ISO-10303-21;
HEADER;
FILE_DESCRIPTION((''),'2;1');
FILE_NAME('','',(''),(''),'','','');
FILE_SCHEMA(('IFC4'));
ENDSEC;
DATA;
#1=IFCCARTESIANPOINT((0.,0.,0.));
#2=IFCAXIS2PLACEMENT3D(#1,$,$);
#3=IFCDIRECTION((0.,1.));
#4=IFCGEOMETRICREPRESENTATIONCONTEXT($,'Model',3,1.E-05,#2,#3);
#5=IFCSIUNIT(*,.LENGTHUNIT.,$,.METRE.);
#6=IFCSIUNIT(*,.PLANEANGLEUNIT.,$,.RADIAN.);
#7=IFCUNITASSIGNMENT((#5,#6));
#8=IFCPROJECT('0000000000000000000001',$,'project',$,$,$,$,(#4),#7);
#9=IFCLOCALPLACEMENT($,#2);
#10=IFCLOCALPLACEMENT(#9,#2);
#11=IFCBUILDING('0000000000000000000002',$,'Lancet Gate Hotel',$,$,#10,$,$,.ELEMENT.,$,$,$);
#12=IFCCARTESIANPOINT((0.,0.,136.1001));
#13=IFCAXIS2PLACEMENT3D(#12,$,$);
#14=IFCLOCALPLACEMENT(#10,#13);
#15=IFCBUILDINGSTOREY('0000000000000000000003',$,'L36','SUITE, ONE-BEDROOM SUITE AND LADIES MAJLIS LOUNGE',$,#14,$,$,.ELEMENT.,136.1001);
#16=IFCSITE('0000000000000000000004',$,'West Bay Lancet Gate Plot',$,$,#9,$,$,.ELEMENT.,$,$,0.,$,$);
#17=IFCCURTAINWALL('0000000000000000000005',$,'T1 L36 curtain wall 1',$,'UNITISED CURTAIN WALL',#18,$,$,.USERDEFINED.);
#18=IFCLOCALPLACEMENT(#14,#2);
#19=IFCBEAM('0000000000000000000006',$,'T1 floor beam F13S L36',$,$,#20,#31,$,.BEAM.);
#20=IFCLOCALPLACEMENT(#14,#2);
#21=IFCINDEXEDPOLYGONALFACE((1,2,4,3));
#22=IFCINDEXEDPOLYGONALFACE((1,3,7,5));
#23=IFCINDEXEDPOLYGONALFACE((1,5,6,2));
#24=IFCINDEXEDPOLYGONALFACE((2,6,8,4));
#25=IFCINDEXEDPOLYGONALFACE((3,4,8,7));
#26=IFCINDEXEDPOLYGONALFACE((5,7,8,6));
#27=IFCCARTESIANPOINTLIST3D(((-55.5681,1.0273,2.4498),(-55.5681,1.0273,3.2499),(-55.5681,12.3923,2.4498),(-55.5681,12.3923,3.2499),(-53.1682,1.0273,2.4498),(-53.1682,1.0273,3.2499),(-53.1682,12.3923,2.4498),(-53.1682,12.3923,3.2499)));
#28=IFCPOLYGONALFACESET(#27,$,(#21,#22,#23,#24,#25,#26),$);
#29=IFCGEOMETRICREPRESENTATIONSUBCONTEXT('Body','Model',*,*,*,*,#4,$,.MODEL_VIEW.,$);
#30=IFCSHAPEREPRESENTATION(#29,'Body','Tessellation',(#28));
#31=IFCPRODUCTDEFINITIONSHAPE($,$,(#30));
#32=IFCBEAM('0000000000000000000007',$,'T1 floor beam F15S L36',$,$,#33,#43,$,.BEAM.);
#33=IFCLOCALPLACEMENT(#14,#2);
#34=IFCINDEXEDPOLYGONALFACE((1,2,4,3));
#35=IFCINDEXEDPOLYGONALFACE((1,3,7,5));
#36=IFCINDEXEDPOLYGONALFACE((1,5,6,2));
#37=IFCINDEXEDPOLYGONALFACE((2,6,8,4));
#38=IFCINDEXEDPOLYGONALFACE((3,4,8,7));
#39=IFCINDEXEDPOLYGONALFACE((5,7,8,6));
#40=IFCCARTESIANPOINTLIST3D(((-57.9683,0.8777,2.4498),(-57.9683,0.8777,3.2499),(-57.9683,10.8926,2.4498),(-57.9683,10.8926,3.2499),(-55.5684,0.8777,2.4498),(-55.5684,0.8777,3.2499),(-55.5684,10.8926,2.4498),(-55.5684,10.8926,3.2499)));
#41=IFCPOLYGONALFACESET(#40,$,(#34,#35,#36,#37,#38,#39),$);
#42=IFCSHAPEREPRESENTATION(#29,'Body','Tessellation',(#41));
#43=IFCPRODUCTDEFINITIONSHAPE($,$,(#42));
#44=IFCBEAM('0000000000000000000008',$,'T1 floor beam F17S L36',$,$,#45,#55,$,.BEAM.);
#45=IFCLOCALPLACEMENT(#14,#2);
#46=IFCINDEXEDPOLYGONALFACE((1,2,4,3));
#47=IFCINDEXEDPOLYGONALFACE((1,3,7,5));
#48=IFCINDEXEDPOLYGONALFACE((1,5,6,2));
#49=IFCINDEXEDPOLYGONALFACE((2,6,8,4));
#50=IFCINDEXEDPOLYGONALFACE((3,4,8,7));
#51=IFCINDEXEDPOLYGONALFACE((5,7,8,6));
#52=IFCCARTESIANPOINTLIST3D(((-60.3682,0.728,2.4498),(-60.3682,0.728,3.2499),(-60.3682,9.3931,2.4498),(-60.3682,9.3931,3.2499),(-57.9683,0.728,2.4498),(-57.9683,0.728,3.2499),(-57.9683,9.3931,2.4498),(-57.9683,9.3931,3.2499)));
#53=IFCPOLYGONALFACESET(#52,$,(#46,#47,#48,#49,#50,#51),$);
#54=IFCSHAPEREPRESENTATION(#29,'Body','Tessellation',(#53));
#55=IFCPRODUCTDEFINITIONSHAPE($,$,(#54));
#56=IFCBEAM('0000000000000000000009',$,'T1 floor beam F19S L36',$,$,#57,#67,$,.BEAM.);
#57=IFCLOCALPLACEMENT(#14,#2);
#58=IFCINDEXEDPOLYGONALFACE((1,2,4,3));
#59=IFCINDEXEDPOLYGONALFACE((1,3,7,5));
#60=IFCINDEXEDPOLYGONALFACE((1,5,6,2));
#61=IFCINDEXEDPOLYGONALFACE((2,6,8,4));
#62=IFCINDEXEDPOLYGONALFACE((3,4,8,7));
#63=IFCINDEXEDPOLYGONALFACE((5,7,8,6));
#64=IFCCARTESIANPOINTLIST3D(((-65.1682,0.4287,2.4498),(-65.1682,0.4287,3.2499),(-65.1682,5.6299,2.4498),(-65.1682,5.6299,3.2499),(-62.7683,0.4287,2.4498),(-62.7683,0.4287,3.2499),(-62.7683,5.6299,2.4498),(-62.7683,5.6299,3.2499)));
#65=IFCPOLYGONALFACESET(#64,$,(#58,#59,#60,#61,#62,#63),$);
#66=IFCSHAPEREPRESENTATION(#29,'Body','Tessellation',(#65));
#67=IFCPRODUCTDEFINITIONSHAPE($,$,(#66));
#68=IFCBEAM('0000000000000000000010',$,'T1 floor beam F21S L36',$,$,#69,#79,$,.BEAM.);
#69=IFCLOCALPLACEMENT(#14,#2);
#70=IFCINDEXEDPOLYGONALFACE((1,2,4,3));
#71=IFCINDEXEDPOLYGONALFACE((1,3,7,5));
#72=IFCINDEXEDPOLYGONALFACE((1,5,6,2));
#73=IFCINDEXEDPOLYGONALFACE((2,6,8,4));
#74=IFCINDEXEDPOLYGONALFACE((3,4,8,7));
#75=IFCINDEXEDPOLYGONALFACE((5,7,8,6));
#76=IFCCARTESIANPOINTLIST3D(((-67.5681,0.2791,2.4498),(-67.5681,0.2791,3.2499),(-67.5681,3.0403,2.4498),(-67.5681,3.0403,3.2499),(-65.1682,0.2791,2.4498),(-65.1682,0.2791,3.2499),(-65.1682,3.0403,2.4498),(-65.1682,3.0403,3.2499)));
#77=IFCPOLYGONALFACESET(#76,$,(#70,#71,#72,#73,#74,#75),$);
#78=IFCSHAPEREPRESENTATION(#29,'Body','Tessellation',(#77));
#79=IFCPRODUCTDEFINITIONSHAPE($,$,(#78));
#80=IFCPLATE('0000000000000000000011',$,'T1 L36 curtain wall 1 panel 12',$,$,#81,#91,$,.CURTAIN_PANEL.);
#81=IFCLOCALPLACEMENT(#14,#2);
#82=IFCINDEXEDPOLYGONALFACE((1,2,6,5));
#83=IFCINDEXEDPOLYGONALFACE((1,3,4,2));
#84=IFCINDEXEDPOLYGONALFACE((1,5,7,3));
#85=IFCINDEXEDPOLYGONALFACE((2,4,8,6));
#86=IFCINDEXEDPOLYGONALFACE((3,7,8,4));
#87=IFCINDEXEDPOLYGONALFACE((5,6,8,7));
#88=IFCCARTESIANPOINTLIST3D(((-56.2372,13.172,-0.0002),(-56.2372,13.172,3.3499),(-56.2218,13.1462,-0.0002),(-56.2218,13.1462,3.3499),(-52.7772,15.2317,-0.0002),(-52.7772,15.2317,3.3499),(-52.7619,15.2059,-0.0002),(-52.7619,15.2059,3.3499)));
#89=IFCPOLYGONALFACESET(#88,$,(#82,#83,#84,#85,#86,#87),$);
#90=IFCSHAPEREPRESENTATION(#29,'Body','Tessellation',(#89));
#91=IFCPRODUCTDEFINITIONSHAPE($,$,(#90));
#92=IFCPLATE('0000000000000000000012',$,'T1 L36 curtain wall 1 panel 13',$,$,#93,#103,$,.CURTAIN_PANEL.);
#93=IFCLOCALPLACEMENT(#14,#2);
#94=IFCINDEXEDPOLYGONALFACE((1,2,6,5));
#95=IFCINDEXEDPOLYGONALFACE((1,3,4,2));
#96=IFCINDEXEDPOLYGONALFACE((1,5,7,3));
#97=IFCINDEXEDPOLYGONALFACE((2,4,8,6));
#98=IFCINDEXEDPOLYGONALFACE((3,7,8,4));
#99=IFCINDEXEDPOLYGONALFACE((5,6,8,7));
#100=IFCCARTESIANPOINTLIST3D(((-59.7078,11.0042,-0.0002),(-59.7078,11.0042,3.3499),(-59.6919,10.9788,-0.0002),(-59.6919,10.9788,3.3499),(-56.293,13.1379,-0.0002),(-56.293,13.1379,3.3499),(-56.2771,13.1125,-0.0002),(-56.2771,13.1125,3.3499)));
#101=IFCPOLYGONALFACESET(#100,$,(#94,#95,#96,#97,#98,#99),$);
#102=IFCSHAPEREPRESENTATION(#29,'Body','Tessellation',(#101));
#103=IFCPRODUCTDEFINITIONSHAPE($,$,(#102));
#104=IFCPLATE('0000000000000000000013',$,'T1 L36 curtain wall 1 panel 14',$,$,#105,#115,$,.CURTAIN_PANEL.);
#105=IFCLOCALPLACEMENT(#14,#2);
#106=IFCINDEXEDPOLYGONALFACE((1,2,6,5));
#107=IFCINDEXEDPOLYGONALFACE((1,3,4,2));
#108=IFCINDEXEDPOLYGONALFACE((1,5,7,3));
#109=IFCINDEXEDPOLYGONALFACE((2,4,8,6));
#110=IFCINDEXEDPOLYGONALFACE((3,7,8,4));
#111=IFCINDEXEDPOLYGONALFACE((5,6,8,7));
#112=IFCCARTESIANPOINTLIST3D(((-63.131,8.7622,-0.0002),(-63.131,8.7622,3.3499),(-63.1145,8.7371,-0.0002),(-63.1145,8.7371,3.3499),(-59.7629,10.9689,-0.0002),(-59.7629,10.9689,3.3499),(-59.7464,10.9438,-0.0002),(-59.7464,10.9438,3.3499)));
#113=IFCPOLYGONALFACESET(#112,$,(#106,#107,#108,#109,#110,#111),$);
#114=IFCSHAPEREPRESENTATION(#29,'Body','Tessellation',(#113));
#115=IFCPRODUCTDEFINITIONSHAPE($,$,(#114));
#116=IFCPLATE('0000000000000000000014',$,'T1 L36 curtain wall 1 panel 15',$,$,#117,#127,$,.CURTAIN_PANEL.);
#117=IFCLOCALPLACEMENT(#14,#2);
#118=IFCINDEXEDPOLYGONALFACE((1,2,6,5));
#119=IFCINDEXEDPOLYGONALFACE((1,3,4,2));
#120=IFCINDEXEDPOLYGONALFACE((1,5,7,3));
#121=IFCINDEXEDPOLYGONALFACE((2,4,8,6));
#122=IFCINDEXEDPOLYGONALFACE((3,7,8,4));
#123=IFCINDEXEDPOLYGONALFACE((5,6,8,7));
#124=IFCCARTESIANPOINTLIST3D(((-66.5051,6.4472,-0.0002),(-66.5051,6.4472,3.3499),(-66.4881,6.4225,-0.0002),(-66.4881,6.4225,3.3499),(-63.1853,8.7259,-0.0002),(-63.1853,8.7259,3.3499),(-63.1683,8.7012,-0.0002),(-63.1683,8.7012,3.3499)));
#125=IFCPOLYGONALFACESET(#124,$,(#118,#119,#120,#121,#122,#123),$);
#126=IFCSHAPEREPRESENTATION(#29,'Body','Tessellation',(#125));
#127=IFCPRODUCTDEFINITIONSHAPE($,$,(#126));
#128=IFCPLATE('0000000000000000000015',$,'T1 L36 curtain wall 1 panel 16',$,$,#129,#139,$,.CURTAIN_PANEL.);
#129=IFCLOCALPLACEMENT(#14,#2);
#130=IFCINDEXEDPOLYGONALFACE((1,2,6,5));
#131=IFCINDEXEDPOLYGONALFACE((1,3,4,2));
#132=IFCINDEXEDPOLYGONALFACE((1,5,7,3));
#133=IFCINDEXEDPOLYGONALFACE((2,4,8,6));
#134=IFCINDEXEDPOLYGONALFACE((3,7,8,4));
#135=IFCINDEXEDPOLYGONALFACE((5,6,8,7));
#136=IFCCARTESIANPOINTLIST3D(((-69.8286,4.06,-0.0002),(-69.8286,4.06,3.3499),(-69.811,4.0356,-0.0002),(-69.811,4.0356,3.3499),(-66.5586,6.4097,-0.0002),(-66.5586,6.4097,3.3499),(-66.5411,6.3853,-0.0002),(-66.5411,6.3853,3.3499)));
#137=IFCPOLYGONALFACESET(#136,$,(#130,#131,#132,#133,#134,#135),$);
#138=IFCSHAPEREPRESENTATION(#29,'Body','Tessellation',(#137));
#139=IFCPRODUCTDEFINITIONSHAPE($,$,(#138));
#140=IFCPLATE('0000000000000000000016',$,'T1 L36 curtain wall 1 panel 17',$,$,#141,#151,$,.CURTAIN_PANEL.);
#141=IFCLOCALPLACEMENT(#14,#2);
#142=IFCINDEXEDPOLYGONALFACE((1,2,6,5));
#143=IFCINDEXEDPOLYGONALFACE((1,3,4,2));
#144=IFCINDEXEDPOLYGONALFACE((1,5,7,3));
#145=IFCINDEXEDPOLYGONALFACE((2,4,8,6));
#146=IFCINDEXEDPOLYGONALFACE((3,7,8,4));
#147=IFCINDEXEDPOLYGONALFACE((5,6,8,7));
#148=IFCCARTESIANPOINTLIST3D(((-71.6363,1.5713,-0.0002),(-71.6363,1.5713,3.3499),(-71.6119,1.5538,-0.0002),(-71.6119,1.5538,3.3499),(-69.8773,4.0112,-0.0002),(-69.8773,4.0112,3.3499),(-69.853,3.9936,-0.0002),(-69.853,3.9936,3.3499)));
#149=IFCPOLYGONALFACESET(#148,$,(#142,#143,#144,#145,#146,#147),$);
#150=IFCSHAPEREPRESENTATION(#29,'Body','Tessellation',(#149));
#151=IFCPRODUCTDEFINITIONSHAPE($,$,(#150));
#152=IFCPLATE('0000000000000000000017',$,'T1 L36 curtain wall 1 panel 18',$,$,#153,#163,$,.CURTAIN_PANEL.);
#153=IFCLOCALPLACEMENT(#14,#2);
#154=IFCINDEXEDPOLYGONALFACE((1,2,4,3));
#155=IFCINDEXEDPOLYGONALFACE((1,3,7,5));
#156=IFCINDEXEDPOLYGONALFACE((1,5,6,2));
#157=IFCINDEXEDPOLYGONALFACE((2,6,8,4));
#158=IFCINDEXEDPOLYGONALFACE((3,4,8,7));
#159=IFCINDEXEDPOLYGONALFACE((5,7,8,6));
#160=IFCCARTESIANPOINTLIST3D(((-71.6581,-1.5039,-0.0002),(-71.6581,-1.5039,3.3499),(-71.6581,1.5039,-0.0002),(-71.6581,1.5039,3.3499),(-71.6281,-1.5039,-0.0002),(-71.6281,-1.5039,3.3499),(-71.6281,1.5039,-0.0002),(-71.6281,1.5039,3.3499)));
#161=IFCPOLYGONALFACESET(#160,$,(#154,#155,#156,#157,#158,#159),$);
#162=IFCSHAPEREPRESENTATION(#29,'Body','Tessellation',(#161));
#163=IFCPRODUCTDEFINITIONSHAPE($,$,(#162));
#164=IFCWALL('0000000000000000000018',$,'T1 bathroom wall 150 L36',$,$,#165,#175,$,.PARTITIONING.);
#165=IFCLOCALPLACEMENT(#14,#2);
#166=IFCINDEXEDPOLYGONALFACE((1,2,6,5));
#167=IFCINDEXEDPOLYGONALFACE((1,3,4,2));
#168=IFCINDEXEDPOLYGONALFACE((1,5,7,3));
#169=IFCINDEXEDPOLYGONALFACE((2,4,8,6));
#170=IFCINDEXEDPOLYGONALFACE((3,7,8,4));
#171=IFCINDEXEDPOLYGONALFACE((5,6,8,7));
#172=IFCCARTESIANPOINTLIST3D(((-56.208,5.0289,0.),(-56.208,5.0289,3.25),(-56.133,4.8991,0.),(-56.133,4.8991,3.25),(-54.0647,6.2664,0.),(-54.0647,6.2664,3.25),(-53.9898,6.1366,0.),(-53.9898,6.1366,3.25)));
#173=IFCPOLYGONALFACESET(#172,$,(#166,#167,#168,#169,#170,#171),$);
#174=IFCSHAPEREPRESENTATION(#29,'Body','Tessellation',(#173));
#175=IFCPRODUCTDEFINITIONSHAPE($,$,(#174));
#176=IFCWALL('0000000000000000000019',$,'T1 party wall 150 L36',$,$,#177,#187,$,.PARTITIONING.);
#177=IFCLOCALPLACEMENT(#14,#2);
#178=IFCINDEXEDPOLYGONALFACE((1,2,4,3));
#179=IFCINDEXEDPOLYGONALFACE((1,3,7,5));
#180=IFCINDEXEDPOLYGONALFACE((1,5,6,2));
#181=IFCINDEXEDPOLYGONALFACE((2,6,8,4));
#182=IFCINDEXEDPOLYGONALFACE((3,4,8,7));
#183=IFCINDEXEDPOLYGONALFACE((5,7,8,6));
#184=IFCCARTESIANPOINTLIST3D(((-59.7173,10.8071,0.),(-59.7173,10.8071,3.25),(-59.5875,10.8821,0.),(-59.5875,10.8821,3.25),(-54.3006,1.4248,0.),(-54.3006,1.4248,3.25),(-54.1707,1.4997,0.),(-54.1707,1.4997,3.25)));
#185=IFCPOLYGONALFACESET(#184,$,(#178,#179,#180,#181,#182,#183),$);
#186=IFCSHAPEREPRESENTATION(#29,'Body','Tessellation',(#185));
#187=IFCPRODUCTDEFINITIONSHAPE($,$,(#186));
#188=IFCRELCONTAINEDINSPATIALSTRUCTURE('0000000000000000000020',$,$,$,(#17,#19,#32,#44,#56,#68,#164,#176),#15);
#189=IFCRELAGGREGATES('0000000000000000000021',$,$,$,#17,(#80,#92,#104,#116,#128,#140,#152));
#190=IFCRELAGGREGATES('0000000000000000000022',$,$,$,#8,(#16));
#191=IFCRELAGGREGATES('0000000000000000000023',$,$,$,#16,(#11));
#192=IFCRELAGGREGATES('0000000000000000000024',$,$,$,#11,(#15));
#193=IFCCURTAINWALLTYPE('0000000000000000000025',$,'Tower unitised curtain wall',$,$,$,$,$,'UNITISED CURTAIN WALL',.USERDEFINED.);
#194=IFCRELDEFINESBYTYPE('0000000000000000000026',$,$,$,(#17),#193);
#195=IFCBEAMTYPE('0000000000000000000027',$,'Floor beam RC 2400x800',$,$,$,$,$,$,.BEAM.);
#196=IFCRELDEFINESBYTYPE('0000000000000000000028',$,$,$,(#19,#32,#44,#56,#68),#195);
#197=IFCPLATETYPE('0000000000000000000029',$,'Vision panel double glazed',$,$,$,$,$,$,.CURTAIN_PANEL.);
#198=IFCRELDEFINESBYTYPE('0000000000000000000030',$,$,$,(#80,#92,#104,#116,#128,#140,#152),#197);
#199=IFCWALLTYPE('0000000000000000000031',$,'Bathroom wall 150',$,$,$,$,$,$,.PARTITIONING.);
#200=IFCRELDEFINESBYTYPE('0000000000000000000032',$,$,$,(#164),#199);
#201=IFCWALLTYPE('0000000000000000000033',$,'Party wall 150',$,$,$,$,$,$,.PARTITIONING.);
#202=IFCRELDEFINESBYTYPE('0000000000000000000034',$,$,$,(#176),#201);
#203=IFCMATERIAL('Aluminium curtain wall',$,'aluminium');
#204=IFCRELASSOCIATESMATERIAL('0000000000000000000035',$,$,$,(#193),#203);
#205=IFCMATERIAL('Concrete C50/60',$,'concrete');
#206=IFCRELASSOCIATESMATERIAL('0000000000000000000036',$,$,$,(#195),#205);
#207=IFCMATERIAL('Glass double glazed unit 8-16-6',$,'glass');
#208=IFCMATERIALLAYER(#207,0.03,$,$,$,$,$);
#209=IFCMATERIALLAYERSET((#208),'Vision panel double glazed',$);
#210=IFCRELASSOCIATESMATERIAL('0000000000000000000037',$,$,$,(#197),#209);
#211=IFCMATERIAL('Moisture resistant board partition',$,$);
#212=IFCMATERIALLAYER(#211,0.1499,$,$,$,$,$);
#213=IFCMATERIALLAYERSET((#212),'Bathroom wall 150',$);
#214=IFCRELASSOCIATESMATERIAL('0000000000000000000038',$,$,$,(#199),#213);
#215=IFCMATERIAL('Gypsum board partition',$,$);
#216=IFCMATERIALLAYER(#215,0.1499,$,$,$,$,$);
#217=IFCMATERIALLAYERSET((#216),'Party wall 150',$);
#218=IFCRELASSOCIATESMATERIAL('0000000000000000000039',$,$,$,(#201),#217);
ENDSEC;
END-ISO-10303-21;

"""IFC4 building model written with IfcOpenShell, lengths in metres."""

from ifc_helpers import new_model, si_unit, direction, frame, frame_2d, origin, origin_2d, place, context, subcontext, project, spatial, rectangle, extrude, material, layer, layer_set, material_profile, profile_set, type_object, element, aggregate, save


model = new_model("IFC4")

# Units and contexts
model_context = context("Model", 3, precision=1e-05, world=origin(), true_north=direction((0.0, 1.0)))
body_context = subcontext(model_context, "Body", "Model", "MODEL_VIEW")
ifc_project = project(units=[si_unit("LENGTHUNIT", "METRE"), si_unit("PLANEANGLEUNIT", "RADIAN")], contexts=[model_context])

# Site, building, storey
site_placement = place(None, origin())
site = spatial("IfcSite", under=ifc_project, at=site_placement, Name="West Bay Lancet Gate Plot", CompositionType="ELEMENT", RefElevation=0.0)
building_placement = place(site_placement, origin())
building = spatial("IfcBuilding", under=site, at=building_placement, Name="Lancet Gate Hotel", CompositionType="ELEMENT")
storey_placement = place(building_placement, frame((0.0, 0.0, 136.1001)))
storey = spatial("IfcBuildingStorey", under=building, at=storey_placement, Name="L36", Description="SUITE, ONE-BEDROOM SUITE AND LADIES MAJLIS LOUNGE", CompositionType="ELEMENT", Elevation=136.1001)

# Curtain wall
ifc_material_1 = material(Name="Aluminium curtain wall", Category="aluminium")
curtain_wall_type = type_object("IfcCurtainWallType", Name="Tower unitised curtain wall", ElementType="UNITISED CURTAIN WALL", PredefinedType="USERDEFINED", material=ifc_material_1)
curtain_wall_placement = place(storey_placement, origin())
curtain_wall = element("IfcCurtainWall", 1, at=curtain_wall_placement, inside=storey, type_object=curtain_wall_type, Name="T1 L36 curtain wall 1", ObjectType="UNITISED CURTAIN WALL", PredefinedType="USERDEFINED")

# Beams
ifc_material_2 = material(Name="Concrete C50/60", Category="concrete")
ifc_material_profile_1 = material_profile(ifc_material_2, rectangle(XDim=2.3999, YDim=0.8, at=origin_2d()), Name="RC 2400x800")
ifc_profile_set_1 = profile_set([ifc_material_profile_1], Name="Concrete C50/60")
beam_type_1 = type_object("IfcBeamType", Name="Floor beam RC 2400x800", PredefinedType="BEAM", material=ifc_profile_set_1)
beam_1_placement = place(storey_placement, frame((-54.3682, 12.3923, 2.8499), z_axis=(0.0, -1.0, 0.0), x_axis=(1.0, 0.0, 0.0)))
element("IfcBeam", 2, at=beam_1_placement, inside=storey, type_object=beam_type_1, Name="T1 floor beam F13S L36", PredefinedType="BEAM", context=body_context, shape_type="SweptSolid", body=[
    extrude(rectangle(XDim=2.3999, YDim=0.8, at=origin_2d()), origin(), (0.0, 0.0, 1.0), 11.365),
])
beam_2_placement = place(storey_placement, frame((-56.7683, 10.8926, 2.8499), z_axis=(0.0, -1.0, 0.0), x_axis=(1.0, 0.0, 0.0)))
element("IfcBeam", 3, at=beam_2_placement, inside=storey, type_object=beam_type_1, Name="T1 floor beam F15S L36", PredefinedType="BEAM", context=body_context, shape_type="SweptSolid", body=[
    extrude(rectangle(XDim=2.3999, YDim=0.8, at=origin_2d()), origin(), (0.0, 0.0, 1.0), 10.0149),
])
beam_3_placement = place(storey_placement, frame((-59.1682, 9.3931, 2.8499), z_axis=(0.0, -1.0, 0.0), x_axis=(1.0, 0.0, 0.0)))
element("IfcBeam", 4, at=beam_3_placement, inside=storey, type_object=beam_type_1, Name="T1 floor beam F17S L36", PredefinedType="BEAM", context=body_context, shape_type="SweptSolid", body=[
    extrude(rectangle(XDim=2.3999, YDim=0.8, at=origin_2d()), origin(), (0.0, 0.0, 1.0), 8.665),
])
beam_4_placement = place(storey_placement, frame((-63.9683, 5.6299, 2.8499), z_axis=(0.0, -1.0, 0.0), x_axis=(1.0, 0.0, 0.0)))
element("IfcBeam", 5, at=beam_4_placement, inside=storey, type_object=beam_type_1, Name="T1 floor beam F19S L36", PredefinedType="BEAM", context=body_context, shape_type="SweptSolid", body=[
    extrude(rectangle(XDim=2.3999, YDim=0.8, at=origin_2d()), origin(), (0.0, 0.0, 1.0), 5.2012),
])
beam_5_placement = place(storey_placement, frame((-66.3682, 3.0403, 2.8499), z_axis=(0.0, -1.0, 0.0), x_axis=(1.0, 0.0, 0.0)))
element("IfcBeam", 6, at=beam_5_placement, inside=storey, type_object=beam_type_1, Name="T1 floor beam F21S L36", PredefinedType="BEAM", context=body_context, shape_type="SweptSolid", body=[
    extrude(rectangle(XDim=2.3999, YDim=0.8, at=origin_2d()), origin(), (0.0, 0.0, 1.0), 2.7612),
])

# Plates
ifc_material_3 = material(Name="Glass double glazed unit 8-16-6", Category="glass")
ifc_layer_1 = layer(ifc_material_3, 0.03)
ifc_layer_set_1 = layer_set([ifc_layer_1], Name="Vision panel double glazed")
plate_type = type_object("IfcPlateType", Name="Vision panel double glazed", PredefinedType="CURTAIN_PANEL", material=ifc_layer_set_1)
plate_1_placement = place(storey_placement, frame((-54.4995, 14.189, -0.0002), z_axis=(0.0, 0.0, 1.0), x_axis=(-0.859271, -0.51152, 0.0)))
plate_1 = element("IfcPlate", 7, at=plate_1_placement, type_object=plate_type, Name="T1 L36 curtain wall 1 panel 12", PredefinedType="CURTAIN_PANEL", context=body_context, shape_type="SweptSolid", body=[
    extrude(rectangle(XDim=4.0266, YDim=0.03, at=origin_2d()), origin(), (0.0, 0.0, 1.0), 3.3501),
])
plate_2_placement = place(storey_placement, frame((-57.9924, 12.0583, -0.0002), z_axis=(0.0, 0.0, 1.0), x_axis=(-0.848061, -0.529899, 0.0)))
plate_2 = element("IfcPlate", 8, at=plate_2_placement, type_object=plate_type, Name="T1 L36 curtain wall 1 panel 13", PredefinedType="CURTAIN_PANEL", context=body_context, shape_type="SweptSolid", body=[
    extrude(rectangle(XDim=4.0266, YDim=0.03, at=origin_2d()), origin(), (0.0, 0.0, 1.0), 3.3501),
])
plate_3_placement = place(storey_placement, frame((-61.4387, 9.853, -0.0002), z_axis=(0.0, 0.0, 1.0), x_axis=(-0.836458, -0.548032, 0.0)))
plate_3 = element("IfcPlate", 9, at=plate_3_placement, type_object=plate_type, Name="T1 L36 curtain wall 1 panel 14", PredefinedType="CURTAIN_PANEL", context=body_context, shape_type="SweptSolid", body=[
    extrude(rectangle(XDim=4.0266, YDim=0.03, at=origin_2d()), origin(), (0.0, 0.0, 1.0), 3.3501),
])
plate_4_placement = place(storey_placement, frame((-64.8367, 7.5742, -0.0002), z_axis=(0.0, 0.0, 1.0), x_axis=(-0.824466, -0.565911, 0.0)))
plate_4 = element("IfcPlate", 10, at=plate_4_placement, type_object=plate_type, Name="T1 L36 curtain wall 1 panel 15", PredefinedType="CURTAIN_PANEL", context=body_context, shape_type="SweptSolid", body=[
    extrude(rectangle(XDim=4.0266, YDim=0.03, at=origin_2d()), origin(), (0.0, 0.0, 1.0), 3.3501),
])
plate_5_placement = place(storey_placement, frame((-68.1848, 5.2227, -0.0002), z_axis=(0.0, 0.0, 1.0), x_axis=(-0.812093, -0.583528, 0.0)))
plate_5 = element("IfcPlate", 11, at=plate_5_placement, type_object=plate_type, Name="T1 L36 curtain wall 1 panel 16", PredefinedType="CURTAIN_PANEL", context=body_context, shape_type="SweptSolid", body=[
    extrude(rectangle(XDim=4.0266, YDim=0.03, at=origin_2d()), origin(), (0.0, 0.0, 1.0), 3.3501),
])
plate_6_placement = place(storey_placement, frame((-70.7446, 2.7825, -0.0002), z_axis=(0.0, 0.0, 1.0), x_axis=(-0.584809, -0.811171, 0.0)))
plate_6 = element("IfcPlate", 12, at=plate_6_placement, type_object=plate_type, Name="T1 L36 curtain wall 1 panel 17", PredefinedType="CURTAIN_PANEL", context=body_context, shape_type="SweptSolid", body=[
    extrude(rectangle(XDim=3.0078, YDim=0.03, at=origin_2d()), origin(), (0.0, 0.0, 1.0), 3.3501),
])
plate_7_placement = place(storey_placement, frame((-71.6431, 0.0, -0.0002), z_axis=(0.0, 0.0, 1.0), x_axis=(0.0, -1.0, 0.0)))
plate_7 = element("IfcPlate", 13, at=plate_7_placement, type_object=plate_type, Name="T1 L36 curtain wall 1 panel 18", PredefinedType="CURTAIN_PANEL", context=body_context, shape_type="SweptSolid", body=[
    extrude(rectangle(XDim=3.0078, YDim=0.03, at=origin_2d()), origin(), (0.0, 0.0, 1.0), 3.3501),
])
aggregate(curtain_wall, [plate_1, plate_2, plate_3, plate_4, plate_5, plate_6, plate_7])

# Walls
ifc_material_4 = material(Name="Moisture resistant board partition")
ifc_layer_2 = layer(ifc_material_4, 0.1499)
ifc_layer_set_2 = layer_set([ifc_layer_2], Name="Bathroom wall 150")
wall_type_1 = type_object("IfcWallType", Name="Bathroom wall 150", PredefinedType="PARTITIONING", material=ifc_layer_set_2)
wall_1_placement = place(storey_placement, frame((-54.0273, 6.2014, 0.0), z_axis=(0.0, 0.0, 1.0), x_axis=(-0.866007, -0.500033, 0.0)))
element("IfcWall", 14, at=wall_1_placement, inside=storey, type_object=wall_type_1, Name="T1 bathroom wall 150 L36", PredefinedType="PARTITIONING", context=body_context, shape_type="SweptSolid", body=[
    extrude(rectangle(XDim=2.4749, YDim=0.1499, at=frame_2d((1.2373, 0.0))), origin(), (0.0, 0.0, 1.0), 3.25),
])
ifc_material_5 = material(Name="Gypsum board partition")
ifc_layer_3 = layer(ifc_material_5, 0.1499)
ifc_layer_set_3 = layer_set([ifc_layer_3], Name="Party wall 150")
wall_type_2 = type_object("IfcWallType", Name="Party wall 150", PredefinedType="PARTITIONING", material=ifc_layer_set_3)
wall_2_placement = place(storey_placement, frame((-54.2356, 1.4622, 0.0), z_axis=(0.0, 0.0, 1.0), x_axis=(-0.49999, 0.866031, 0.0)))
element("IfcWall", 15, at=wall_2_placement, inside=storey, type_object=wall_type_2, Name="T1 party wall 150 L36", PredefinedType="PARTITIONING", context=body_context, shape_type="SweptSolid", body=[
    extrude(rectangle(XDim=10.8337, YDim=0.1499, at=frame_2d((5.417, 0.0))), origin(), (0.0, 0.0, 1.0), 3.25),
])

save(model, "model.ifc")
